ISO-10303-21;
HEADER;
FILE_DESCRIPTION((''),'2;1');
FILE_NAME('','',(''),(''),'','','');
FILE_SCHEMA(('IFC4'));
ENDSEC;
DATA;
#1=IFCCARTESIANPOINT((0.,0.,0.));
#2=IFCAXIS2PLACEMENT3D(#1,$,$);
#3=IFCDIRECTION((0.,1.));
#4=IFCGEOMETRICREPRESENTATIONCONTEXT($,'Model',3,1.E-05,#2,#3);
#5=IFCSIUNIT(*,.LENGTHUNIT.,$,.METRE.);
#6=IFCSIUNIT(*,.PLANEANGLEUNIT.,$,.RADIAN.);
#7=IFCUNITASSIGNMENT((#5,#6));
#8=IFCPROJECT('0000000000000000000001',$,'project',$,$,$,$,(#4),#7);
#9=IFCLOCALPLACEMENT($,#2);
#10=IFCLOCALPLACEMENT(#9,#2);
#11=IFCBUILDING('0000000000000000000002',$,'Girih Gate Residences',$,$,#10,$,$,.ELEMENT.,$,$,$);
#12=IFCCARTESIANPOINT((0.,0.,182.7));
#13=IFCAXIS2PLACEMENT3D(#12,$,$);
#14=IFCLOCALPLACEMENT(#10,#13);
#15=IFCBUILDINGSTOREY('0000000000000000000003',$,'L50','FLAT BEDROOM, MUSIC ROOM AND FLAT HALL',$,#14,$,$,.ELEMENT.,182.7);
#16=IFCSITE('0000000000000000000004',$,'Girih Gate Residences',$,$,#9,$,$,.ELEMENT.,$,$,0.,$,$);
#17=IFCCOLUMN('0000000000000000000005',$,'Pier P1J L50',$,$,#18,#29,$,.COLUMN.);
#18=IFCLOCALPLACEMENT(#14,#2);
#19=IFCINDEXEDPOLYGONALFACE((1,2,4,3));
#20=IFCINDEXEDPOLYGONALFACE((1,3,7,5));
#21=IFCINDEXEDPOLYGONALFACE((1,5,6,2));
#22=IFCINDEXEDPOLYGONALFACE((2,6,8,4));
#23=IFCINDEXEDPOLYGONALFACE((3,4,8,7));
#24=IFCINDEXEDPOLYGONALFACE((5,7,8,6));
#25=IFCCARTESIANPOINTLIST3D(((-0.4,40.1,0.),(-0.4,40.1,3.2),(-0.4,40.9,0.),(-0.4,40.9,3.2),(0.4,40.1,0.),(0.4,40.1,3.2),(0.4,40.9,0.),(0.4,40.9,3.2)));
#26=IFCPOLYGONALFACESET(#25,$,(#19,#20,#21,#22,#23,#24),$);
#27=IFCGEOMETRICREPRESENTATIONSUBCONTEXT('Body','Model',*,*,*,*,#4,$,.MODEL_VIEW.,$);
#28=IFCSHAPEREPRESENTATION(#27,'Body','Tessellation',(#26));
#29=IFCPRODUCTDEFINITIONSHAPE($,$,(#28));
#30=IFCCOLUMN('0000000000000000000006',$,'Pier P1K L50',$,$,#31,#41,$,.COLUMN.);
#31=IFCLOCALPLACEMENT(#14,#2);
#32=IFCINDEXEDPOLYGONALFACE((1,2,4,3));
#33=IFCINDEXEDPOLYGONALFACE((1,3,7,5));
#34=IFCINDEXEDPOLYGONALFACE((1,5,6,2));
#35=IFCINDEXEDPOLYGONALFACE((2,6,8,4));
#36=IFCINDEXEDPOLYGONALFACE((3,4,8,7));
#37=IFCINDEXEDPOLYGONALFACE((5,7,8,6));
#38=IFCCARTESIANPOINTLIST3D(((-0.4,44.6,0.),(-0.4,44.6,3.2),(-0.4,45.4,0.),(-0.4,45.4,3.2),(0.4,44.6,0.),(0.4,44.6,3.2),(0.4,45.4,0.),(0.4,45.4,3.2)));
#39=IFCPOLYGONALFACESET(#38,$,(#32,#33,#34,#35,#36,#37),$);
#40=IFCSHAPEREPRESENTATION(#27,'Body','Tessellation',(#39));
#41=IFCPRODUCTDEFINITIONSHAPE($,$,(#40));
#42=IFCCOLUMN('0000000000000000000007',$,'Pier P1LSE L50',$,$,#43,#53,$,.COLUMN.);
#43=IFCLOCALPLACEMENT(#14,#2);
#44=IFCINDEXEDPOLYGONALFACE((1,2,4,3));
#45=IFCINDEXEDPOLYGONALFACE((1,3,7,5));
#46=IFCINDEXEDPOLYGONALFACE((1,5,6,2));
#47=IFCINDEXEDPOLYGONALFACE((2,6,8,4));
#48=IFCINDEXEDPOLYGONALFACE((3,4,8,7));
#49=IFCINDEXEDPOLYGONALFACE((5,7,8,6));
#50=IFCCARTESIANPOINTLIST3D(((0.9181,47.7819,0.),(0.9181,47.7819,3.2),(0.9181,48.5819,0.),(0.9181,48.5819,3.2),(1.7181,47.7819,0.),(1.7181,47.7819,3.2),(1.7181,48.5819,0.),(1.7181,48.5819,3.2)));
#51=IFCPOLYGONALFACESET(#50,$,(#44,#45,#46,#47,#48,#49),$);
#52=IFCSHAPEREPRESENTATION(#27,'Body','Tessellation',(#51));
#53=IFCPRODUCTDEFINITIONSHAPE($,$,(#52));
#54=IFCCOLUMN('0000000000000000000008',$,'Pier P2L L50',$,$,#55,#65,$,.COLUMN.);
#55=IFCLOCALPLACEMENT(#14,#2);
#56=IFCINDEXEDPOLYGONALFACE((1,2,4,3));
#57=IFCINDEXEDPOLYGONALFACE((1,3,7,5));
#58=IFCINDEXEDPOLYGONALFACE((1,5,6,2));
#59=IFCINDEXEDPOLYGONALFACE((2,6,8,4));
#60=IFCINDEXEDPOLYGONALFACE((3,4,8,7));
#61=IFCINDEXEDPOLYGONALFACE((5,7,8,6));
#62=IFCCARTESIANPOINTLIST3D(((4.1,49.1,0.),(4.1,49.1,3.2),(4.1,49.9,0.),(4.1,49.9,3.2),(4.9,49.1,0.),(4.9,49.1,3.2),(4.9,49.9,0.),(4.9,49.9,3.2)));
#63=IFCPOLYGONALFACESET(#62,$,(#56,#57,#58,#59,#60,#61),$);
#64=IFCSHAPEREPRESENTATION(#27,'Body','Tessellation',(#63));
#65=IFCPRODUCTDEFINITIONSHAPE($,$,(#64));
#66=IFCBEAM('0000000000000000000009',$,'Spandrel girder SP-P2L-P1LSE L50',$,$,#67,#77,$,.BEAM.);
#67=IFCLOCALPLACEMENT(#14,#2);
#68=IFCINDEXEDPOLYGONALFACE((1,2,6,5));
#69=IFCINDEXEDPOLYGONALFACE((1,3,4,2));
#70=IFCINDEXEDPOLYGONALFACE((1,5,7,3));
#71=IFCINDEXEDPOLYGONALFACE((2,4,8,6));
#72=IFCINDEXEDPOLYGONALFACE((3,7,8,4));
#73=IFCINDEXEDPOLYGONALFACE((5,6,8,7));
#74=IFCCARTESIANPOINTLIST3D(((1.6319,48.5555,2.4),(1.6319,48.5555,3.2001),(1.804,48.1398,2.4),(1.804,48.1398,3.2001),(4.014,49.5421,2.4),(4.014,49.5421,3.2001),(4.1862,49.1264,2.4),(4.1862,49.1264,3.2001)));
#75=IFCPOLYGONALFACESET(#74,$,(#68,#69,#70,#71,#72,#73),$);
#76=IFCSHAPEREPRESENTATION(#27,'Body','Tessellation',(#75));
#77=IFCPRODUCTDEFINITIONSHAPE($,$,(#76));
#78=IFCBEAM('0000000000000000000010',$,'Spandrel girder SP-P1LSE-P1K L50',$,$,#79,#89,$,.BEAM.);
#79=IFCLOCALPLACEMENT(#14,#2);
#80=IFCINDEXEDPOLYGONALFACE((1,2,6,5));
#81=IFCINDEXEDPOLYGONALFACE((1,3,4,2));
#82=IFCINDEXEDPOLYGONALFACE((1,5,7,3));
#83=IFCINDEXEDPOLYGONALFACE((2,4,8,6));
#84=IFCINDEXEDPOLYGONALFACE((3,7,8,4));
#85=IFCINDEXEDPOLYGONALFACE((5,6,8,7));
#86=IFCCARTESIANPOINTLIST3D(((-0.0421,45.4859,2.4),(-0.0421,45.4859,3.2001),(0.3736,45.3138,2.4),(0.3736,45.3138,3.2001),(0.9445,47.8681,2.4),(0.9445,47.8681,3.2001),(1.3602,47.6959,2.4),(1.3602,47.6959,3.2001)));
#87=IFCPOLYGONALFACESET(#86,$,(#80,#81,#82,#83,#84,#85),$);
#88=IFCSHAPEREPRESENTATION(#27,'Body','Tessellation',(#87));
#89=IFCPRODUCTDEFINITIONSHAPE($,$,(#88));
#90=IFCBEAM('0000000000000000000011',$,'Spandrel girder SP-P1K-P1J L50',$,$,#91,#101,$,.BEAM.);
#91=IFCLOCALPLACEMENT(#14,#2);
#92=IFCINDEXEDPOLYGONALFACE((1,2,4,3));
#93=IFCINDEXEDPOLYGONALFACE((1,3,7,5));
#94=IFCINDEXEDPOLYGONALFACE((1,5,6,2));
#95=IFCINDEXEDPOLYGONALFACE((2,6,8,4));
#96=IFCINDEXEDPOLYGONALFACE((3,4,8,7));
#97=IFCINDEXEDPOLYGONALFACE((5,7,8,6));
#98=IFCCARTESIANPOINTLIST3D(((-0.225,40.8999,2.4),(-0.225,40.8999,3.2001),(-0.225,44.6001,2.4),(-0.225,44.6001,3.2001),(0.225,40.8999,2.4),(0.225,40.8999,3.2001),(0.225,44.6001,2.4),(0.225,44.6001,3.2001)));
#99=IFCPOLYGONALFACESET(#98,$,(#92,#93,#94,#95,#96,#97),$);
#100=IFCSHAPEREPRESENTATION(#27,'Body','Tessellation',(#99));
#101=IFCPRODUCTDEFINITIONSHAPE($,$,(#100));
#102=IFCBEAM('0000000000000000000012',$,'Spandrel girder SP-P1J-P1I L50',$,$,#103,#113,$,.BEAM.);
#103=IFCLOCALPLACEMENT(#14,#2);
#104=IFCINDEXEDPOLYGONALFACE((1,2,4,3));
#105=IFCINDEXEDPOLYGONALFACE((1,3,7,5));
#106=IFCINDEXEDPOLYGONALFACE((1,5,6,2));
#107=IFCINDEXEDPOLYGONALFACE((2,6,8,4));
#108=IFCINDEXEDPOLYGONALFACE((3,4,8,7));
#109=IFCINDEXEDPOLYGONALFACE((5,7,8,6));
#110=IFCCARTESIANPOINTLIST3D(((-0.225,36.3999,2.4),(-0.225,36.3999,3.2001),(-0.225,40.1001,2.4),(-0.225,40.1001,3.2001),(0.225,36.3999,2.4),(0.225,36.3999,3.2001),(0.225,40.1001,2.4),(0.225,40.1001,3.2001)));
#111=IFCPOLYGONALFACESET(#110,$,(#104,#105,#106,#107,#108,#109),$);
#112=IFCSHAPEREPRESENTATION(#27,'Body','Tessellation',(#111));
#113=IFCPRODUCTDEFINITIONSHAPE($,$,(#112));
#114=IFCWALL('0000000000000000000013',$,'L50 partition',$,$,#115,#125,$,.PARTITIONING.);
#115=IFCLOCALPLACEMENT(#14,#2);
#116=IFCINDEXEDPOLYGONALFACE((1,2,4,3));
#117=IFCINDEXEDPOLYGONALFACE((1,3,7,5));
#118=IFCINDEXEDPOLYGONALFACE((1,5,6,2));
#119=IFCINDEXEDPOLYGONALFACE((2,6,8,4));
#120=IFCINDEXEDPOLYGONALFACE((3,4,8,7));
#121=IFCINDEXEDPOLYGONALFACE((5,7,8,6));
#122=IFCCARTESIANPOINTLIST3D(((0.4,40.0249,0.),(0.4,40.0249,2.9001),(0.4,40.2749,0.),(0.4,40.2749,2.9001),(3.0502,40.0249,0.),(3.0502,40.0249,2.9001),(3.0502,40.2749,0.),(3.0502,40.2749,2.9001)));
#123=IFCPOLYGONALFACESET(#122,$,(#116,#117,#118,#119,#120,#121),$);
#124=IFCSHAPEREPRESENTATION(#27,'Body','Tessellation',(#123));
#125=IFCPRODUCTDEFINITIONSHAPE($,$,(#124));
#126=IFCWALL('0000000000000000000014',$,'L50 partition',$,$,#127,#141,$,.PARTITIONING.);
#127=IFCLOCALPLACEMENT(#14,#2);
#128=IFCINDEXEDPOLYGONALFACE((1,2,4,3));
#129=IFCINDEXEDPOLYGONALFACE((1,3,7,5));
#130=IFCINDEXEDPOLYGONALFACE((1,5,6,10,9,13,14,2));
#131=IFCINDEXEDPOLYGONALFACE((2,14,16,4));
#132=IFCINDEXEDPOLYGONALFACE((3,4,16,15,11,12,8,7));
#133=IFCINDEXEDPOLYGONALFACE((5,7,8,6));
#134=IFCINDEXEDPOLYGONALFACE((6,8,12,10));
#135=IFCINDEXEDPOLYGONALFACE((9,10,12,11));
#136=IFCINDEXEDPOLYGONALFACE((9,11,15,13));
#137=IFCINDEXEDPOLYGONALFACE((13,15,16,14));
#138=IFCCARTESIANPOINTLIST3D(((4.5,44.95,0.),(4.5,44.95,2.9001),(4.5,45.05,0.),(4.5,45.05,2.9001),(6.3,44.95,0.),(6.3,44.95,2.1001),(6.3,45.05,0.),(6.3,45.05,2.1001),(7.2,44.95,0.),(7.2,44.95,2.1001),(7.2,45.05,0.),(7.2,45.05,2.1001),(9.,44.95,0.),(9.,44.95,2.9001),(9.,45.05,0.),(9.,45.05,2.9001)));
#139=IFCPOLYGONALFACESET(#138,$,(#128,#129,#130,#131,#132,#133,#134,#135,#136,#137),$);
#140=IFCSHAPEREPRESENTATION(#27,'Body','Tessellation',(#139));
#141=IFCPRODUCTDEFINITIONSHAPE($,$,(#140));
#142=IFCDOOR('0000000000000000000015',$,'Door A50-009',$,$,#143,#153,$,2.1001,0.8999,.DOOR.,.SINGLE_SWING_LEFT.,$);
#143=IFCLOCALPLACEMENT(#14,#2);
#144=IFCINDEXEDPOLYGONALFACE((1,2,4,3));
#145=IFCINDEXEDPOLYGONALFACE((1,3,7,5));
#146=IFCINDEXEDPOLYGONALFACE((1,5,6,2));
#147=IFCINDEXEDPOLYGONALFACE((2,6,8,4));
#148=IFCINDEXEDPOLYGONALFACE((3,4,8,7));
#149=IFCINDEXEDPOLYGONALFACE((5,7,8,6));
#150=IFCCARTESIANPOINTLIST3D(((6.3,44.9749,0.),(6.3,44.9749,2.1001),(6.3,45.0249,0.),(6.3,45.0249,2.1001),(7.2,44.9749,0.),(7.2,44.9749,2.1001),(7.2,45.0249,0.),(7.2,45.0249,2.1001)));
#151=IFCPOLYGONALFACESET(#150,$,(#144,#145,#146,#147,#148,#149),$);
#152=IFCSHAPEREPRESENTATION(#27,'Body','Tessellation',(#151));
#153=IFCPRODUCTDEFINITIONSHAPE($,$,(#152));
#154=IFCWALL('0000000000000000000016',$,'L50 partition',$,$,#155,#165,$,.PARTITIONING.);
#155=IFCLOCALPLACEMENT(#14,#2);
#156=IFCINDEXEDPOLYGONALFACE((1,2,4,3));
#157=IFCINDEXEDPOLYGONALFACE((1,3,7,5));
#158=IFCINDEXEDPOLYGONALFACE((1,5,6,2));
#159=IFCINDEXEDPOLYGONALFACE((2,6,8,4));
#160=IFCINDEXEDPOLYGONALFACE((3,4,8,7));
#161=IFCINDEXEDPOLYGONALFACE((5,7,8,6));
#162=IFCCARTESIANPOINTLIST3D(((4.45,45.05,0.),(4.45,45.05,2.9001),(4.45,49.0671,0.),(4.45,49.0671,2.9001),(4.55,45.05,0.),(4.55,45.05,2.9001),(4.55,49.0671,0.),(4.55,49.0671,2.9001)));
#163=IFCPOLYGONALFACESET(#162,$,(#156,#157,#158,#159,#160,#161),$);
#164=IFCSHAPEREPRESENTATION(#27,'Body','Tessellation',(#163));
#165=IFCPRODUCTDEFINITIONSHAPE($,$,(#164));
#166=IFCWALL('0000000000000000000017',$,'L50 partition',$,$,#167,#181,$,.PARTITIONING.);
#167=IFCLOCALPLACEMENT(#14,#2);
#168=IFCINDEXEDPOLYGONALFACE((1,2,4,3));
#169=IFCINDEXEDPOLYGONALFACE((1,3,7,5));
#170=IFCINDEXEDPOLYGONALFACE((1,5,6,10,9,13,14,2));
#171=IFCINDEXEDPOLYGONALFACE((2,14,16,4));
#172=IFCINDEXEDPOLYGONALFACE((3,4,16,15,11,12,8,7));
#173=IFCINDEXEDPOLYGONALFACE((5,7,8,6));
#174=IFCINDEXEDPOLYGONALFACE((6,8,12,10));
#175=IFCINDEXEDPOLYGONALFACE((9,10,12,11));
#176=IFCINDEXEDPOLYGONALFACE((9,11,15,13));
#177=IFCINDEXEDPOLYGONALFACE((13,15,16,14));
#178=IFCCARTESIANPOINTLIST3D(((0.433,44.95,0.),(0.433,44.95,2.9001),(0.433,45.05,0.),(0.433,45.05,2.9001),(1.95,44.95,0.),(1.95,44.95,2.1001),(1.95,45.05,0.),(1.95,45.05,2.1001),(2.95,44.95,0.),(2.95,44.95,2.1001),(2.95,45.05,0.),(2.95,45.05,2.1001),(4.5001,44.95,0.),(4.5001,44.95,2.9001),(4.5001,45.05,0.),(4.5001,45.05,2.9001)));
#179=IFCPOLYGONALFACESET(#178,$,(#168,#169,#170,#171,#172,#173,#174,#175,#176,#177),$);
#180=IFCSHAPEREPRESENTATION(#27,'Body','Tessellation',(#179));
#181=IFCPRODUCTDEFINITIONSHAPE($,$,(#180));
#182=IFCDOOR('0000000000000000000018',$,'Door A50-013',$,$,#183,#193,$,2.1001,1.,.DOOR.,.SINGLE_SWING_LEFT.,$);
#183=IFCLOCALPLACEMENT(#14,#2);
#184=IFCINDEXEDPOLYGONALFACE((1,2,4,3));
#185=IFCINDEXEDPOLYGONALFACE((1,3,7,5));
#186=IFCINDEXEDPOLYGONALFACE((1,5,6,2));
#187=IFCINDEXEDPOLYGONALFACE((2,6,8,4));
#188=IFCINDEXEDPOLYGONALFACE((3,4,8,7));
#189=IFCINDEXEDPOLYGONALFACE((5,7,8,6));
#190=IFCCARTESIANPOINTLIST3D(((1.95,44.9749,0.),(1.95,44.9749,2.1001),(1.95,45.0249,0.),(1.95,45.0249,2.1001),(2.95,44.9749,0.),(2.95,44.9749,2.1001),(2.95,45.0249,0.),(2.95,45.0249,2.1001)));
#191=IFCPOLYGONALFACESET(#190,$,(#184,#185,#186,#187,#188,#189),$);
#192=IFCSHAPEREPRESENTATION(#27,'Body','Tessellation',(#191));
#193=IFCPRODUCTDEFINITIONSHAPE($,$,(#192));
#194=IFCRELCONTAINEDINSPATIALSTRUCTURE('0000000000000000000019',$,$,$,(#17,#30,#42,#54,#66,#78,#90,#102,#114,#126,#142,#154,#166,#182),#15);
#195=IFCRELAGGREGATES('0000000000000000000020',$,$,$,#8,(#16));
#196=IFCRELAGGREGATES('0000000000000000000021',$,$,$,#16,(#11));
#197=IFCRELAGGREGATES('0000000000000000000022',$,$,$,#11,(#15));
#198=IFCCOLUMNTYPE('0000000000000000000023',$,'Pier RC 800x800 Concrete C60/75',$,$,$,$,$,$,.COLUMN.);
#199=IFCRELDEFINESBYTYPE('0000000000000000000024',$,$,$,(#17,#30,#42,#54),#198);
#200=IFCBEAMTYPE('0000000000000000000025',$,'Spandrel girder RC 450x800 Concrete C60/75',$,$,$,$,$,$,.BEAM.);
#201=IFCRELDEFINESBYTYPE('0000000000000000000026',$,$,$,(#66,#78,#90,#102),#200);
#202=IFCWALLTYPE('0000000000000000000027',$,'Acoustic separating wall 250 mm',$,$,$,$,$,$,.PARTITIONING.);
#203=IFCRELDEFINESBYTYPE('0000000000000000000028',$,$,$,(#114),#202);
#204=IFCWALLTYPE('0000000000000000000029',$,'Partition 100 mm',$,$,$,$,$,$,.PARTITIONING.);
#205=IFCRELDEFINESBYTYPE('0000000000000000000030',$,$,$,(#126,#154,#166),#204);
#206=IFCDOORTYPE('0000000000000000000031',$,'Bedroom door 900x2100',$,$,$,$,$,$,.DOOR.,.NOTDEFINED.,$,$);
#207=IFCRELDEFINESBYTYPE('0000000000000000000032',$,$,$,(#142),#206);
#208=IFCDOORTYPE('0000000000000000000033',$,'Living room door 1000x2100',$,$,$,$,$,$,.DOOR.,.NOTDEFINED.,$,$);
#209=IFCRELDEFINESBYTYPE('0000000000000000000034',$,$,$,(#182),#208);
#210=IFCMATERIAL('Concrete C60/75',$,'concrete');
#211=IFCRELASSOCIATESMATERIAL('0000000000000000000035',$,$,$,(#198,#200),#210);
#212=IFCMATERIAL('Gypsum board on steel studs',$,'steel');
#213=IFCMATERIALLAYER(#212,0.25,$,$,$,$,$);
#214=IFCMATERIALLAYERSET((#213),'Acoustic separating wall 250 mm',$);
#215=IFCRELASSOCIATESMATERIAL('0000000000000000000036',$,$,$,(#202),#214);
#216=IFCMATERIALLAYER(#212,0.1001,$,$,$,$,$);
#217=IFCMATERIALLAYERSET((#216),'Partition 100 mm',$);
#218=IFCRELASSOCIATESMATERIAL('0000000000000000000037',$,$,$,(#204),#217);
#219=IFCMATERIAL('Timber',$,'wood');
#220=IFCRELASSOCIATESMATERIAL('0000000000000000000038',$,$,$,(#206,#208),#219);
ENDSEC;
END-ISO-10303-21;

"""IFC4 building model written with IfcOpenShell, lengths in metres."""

from ifc_helpers import new_model, si_unit, direction, frame, frame_2d, origin, origin_2d, place, context, subcontext, project, spatial, rectangle, extrude, material, layer, layer_set, material_profile, profile_set, type_object, element, fill, save


model = new_model("IFC4")

# Units and contexts
model_context = context("Model", 3, precision=1e-05, world=origin(), true_north=direction((0.0, 1.0)))
body_context = subcontext(model_context, "Body", "Model", "MODEL_VIEW")
ifc_project = project(units=[si_unit("LENGTHUNIT", "METRE"), si_unit("PLANEANGLEUNIT", "RADIAN")], contexts=[model_context])

# Site, building, storey
site_placement = place(None, origin())
site = spatial("IfcSite", under=ifc_project, at=site_placement, Name="Girih Gate Residences", CompositionType="ELEMENT", RefElevation=0.0)
building_placement = place(site_placement, origin())
building = spatial("IfcBuilding", under=site, at=building_placement, Name="Girih Gate Residences", CompositionType="ELEMENT")
storey_placement = place(building_placement, frame((0.0, 0.0, 182.7)))
storey = spatial("IfcBuildingStorey", under=building, at=storey_placement, Name="L50", Description="FLAT BEDROOM, MUSIC ROOM AND FLAT HALL", CompositionType="ELEMENT", Elevation=182.7)

# Columns
ifc_material_1 = material(Name="Concrete C60/75", Category="concrete")
ifc_material_profile_1 = material_profile(ifc_material_1, rectangle(XDim=0.8, YDim=0.8, at=origin_2d()))
ifc_profile_set_1 = profile_set([ifc_material_profile_1], Name="Concrete C60/75")
column_type = type_object("IfcColumnType", Name="Pier RC 800x800 Concrete C60/75", PredefinedType="COLUMN", material=ifc_profile_set_1)
for number, where, z_axis, x_axis, name in (
    (1, (0.0, 40.5, 0.0), (0.0, 0.0, 1.0), (1.0, 0.0, 0.0), "Pier P1J L50"),
    (2, (0.0, 45.0, 0.0), (0.0, 0.0, 1.0), (1.0, 0.0, 0.0), "Pier P1K L50"),
    (3, (1.3181, 48.1819, 0.0), (0.0, 0.0, 1.0), (1.0, 0.0, 0.0), "Pier P1LSE L50"),
    (4, (4.5, 49.5, 0.0), (0.0, 0.0, 1.0), (1.0, 0.0, 0.0), "Pier P2L L50"),
):
    element("IfcColumn", number, at=place(storey_placement, frame(where, z_axis=z_axis, x_axis=x_axis)), inside=storey, type_object=column_type, Name=name, PredefinedType="COLUMN", context=body_context, shape_type="SweptSolid", body=[
        extrude(rectangle(XDim=0.8, YDim=0.8, at=origin_2d()), origin(), (0.0, 0.0, 1.0), 3.2),
    ])

# Beams
ifc_material_profile_2 = material_profile(ifc_material_1, rectangle(XDim=0.45, YDim=0.8, at=origin_2d()))
ifc_profile_set_2 = profile_set([ifc_material_profile_2], Name="Concrete C60/75")
beam_type = type_object("IfcBeamType", Name="Spandrel girder RC 450x800 Concrete C60/75", PredefinedType="BEAM", material=ifc_profile_set_2)
for number, where, z_axis, x_axis, name in (
    (5, (4.1001, 49.3342, 2.8), (-0.923896, -0.382644, 0.0), (0.382644, -0.923896, 0.0), "Spandrel girder SP-P2L-P1LSE L50"),
    (6, (1.1523, 47.782, 2.8), (-0.382644, -0.923896, 0.0), (0.923896, -0.382644, 0.0), "Spandrel girder SP-P1LSE-P1K L50"),
):
    element("IfcBeam", number, at=place(storey_placement, frame(where, z_axis=z_axis, x_axis=x_axis)), inside=storey, type_object=beam_type, Name=name, PredefinedType="BEAM", context=body_context, shape_type="SweptSolid", body=[
        extrude(rectangle(XDim=0.45, YDim=0.8, at=origin_2d()), origin(), (0.0, 0.0, 1.0), 2.5784),
    ])
for number, where, z_axis, x_axis, name in (
    (7, (0.0, 44.6001, 2.8), (0.0, -1.0, 0.0), (1.0, 0.0, 0.0), "Spandrel girder SP-P1K-P1J L50"),
    (8, (0.0, 40.1001, 2.8), (0.0, -1.0, 0.0), (1.0, 0.0, 0.0), "Spandrel girder SP-P1J-P1I L50"),
):
    element("IfcBeam", number, at=place(storey_placement, frame(where, z_axis=z_axis, x_axis=x_axis)), inside=storey, type_object=beam_type, Name=name, PredefinedType="BEAM", context=body_context, shape_type="SweptSolid", body=[
        extrude(rectangle(XDim=0.45, YDim=0.8, at=origin_2d()), origin(), (0.0, 0.0, 1.0), 3.7002),
    ])

# Wall
ifc_material_2 = material(Name="Gypsum board on steel studs", Category="steel")
ifc_layer_1 = layer(ifc_material_2, 0.25)
ifc_layer_set_1 = layer_set([ifc_layer_1], Name="Acoustic separating wall 250 mm")
wall_type_1 = type_object("IfcWallType", Name="Acoustic separating wall 250 mm", PredefinedType="PARTITIONING", material=ifc_layer_set_1)
wall_1_placement = place(storey_placement, frame((0.3999, 40.1499, 0.0), z_axis=(0.0, 0.0, 1.0), x_axis=(1.0, 0.0, 0.0)))
element("IfcWall", 9, at=wall_1_placement, inside=storey, type_object=wall_type_1, Name="L50 partition", PredefinedType="PARTITIONING", context=body_context, shape_type="SweptSolid", body=[
    extrude(rectangle(XDim=2.6501, YDim=0.25, at=frame_2d((1.3252, 0.0))), origin(), (0.0, 0.0, 1.0), 2.9001),
])

# Wall, opening, door
ifc_layer_2 = layer(ifc_material_2, 0.1001)
ifc_layer_set_2 = layer_set([ifc_layer_2], Name="Partition 100 mm")
wall_type_2 = type_object("IfcWallType", Name="Partition 100 mm", PredefinedType="PARTITIONING", material=ifc_layer_set_2)
wall_2_placement = place(storey_placement, frame((4.5, 45.0, 0.0), z_axis=(0.0, 0.0, 1.0), x_axis=(1.0, 0.0, 0.0)))
wall_2 = element("IfcWall", 10, at=wall_2_placement, inside=storey, type_object=wall_type_2, Name="L50 partition", PredefinedType="PARTITIONING", context=body_context, shape_type="SweptSolid", body=[
    extrude(rectangle(XDim=4.5, YDim=0.1001, at=frame_2d((2.25, 0.0))), origin(), (0.0, 0.0, 1.0), 2.9001),
])
opening_1_placement = place(wall_2_placement, frame((1.8, 0.0, 0.0)))
opening_1 = element("IfcOpeningElement", 11, at=opening_1_placement, cuts=wall_2, PredefinedType="OPENING", context=body_context, shape_type="SweptSolid", body=[
    extrude(rectangle(XDim=0.8999, YDim=2.1001, at=frame_2d((0.45, 1.05))), frame((0.0, 0.0601, 0.0), z_axis=(0.0, -1.0, 0.0), x_axis=(1.0, 0.0, 0.0)), (0.0, 0.0, 1.0), 0.1201),
])
ifc_material_3 = material(Name="Timber", Category="wood")
door_type_1 = type_object("IfcDoorType", Name="Bedroom door 900x2100", OperationType="NOTDEFINED", PredefinedType="DOOR", material=ifc_material_3)
door_1_placement = place(opening_1_placement, origin())
door_1 = element("IfcDoor", 12, at=door_1_placement, inside=storey, type_object=door_type_1, Name="Door A50-009", OperationType="SINGLE_SWING_LEFT", OverallHeight=2.1001, OverallWidth=0.8999, PredefinedType="DOOR", context=body_context, shape_type="SweptSolid", body=[
    extrude(rectangle(XDim=0.8999, YDim=2.1001, at=frame_2d((0.45, 1.05))), frame((0.0, 0.0249, 0.0), z_axis=(0.0, -1.0, 0.0), x_axis=(1.0, 0.0, 0.0)), (0.0, 0.0, 1.0), 0.05),
])
fill(opening_1, door_1)

# Wall
wall_3_placement = place(storey_placement, frame((4.5, 45.05, 0.0), z_axis=(0.0, 0.0, 1.0), x_axis=(0.0, 1.0, 0.0)))
element("IfcWall", 13, at=wall_3_placement, inside=storey, type_object=wall_type_2, Name="L50 partition", PredefinedType="PARTITIONING", context=body_context, shape_type="SweptSolid", body=[
    extrude(rectangle(XDim=4.0171, YDim=0.1001, at=frame_2d((2.0085, 0.0))), origin(), (0.0, 0.0, 1.0), 2.9001),
])

# Wall, opening, door
wall_4_placement = place(storey_placement, frame((0.4329, 45.0, 0.0), z_axis=(0.0, 0.0, 1.0), x_axis=(1.0, 0.0, 0.0)))
wall_4 = element("IfcWall", 14, at=wall_4_placement, inside=storey, type_object=wall_type_2, Name="L50 partition", PredefinedType="PARTITIONING", context=body_context, shape_type="SweptSolid", body=[
    extrude(rectangle(XDim=4.0671, YDim=0.1001, at=frame_2d((2.0337, 0.0))), origin(), (0.0, 0.0, 1.0), 2.9001),
])
opening_2_placement = place(wall_4_placement, frame((1.5171, 0.0, 0.0)))
opening_2 = element("IfcOpeningElement", 15, at=opening_2_placement, cuts=wall_4, PredefinedType="OPENING", context=body_context, shape_type="SweptSolid", body=[
    extrude(rectangle(XDim=1.0, YDim=2.1001, at=frame_2d((0.5, 1.05))), frame((0.0, 0.0601, 0.0), z_axis=(0.0, -1.0, 0.0), x_axis=(1.0, 0.0, 0.0)), (0.0, 0.0, 1.0), 0.1201),
])
door_type_2 = type_object("IfcDoorType", Name="Living room door 1000x2100", OperationType="NOTDEFINED", PredefinedType="DOOR", material=ifc_material_3)
door_2_placement = place(opening_2_placement, origin())
door_2 = element("IfcDoor", 16, at=door_2_placement, inside=storey, type_object=door_type_2, Name="Door A50-013", OperationType="SINGLE_SWING_LEFT", OverallHeight=2.1001, OverallWidth=1.0, PredefinedType="DOOR", context=body_context, shape_type="SweptSolid", body=[
    extrude(rectangle(XDim=1.0, YDim=2.1001, at=frame_2d((0.5, 1.05))), frame((0.0, 0.0249, 0.0), z_axis=(0.0, -1.0, 0.0), x_axis=(1.0, 0.0, 0.0)), (0.0, 0.0, 1.0), 0.05),
])
fill(opening_2, door_2)

save(model, "model.ifc")
